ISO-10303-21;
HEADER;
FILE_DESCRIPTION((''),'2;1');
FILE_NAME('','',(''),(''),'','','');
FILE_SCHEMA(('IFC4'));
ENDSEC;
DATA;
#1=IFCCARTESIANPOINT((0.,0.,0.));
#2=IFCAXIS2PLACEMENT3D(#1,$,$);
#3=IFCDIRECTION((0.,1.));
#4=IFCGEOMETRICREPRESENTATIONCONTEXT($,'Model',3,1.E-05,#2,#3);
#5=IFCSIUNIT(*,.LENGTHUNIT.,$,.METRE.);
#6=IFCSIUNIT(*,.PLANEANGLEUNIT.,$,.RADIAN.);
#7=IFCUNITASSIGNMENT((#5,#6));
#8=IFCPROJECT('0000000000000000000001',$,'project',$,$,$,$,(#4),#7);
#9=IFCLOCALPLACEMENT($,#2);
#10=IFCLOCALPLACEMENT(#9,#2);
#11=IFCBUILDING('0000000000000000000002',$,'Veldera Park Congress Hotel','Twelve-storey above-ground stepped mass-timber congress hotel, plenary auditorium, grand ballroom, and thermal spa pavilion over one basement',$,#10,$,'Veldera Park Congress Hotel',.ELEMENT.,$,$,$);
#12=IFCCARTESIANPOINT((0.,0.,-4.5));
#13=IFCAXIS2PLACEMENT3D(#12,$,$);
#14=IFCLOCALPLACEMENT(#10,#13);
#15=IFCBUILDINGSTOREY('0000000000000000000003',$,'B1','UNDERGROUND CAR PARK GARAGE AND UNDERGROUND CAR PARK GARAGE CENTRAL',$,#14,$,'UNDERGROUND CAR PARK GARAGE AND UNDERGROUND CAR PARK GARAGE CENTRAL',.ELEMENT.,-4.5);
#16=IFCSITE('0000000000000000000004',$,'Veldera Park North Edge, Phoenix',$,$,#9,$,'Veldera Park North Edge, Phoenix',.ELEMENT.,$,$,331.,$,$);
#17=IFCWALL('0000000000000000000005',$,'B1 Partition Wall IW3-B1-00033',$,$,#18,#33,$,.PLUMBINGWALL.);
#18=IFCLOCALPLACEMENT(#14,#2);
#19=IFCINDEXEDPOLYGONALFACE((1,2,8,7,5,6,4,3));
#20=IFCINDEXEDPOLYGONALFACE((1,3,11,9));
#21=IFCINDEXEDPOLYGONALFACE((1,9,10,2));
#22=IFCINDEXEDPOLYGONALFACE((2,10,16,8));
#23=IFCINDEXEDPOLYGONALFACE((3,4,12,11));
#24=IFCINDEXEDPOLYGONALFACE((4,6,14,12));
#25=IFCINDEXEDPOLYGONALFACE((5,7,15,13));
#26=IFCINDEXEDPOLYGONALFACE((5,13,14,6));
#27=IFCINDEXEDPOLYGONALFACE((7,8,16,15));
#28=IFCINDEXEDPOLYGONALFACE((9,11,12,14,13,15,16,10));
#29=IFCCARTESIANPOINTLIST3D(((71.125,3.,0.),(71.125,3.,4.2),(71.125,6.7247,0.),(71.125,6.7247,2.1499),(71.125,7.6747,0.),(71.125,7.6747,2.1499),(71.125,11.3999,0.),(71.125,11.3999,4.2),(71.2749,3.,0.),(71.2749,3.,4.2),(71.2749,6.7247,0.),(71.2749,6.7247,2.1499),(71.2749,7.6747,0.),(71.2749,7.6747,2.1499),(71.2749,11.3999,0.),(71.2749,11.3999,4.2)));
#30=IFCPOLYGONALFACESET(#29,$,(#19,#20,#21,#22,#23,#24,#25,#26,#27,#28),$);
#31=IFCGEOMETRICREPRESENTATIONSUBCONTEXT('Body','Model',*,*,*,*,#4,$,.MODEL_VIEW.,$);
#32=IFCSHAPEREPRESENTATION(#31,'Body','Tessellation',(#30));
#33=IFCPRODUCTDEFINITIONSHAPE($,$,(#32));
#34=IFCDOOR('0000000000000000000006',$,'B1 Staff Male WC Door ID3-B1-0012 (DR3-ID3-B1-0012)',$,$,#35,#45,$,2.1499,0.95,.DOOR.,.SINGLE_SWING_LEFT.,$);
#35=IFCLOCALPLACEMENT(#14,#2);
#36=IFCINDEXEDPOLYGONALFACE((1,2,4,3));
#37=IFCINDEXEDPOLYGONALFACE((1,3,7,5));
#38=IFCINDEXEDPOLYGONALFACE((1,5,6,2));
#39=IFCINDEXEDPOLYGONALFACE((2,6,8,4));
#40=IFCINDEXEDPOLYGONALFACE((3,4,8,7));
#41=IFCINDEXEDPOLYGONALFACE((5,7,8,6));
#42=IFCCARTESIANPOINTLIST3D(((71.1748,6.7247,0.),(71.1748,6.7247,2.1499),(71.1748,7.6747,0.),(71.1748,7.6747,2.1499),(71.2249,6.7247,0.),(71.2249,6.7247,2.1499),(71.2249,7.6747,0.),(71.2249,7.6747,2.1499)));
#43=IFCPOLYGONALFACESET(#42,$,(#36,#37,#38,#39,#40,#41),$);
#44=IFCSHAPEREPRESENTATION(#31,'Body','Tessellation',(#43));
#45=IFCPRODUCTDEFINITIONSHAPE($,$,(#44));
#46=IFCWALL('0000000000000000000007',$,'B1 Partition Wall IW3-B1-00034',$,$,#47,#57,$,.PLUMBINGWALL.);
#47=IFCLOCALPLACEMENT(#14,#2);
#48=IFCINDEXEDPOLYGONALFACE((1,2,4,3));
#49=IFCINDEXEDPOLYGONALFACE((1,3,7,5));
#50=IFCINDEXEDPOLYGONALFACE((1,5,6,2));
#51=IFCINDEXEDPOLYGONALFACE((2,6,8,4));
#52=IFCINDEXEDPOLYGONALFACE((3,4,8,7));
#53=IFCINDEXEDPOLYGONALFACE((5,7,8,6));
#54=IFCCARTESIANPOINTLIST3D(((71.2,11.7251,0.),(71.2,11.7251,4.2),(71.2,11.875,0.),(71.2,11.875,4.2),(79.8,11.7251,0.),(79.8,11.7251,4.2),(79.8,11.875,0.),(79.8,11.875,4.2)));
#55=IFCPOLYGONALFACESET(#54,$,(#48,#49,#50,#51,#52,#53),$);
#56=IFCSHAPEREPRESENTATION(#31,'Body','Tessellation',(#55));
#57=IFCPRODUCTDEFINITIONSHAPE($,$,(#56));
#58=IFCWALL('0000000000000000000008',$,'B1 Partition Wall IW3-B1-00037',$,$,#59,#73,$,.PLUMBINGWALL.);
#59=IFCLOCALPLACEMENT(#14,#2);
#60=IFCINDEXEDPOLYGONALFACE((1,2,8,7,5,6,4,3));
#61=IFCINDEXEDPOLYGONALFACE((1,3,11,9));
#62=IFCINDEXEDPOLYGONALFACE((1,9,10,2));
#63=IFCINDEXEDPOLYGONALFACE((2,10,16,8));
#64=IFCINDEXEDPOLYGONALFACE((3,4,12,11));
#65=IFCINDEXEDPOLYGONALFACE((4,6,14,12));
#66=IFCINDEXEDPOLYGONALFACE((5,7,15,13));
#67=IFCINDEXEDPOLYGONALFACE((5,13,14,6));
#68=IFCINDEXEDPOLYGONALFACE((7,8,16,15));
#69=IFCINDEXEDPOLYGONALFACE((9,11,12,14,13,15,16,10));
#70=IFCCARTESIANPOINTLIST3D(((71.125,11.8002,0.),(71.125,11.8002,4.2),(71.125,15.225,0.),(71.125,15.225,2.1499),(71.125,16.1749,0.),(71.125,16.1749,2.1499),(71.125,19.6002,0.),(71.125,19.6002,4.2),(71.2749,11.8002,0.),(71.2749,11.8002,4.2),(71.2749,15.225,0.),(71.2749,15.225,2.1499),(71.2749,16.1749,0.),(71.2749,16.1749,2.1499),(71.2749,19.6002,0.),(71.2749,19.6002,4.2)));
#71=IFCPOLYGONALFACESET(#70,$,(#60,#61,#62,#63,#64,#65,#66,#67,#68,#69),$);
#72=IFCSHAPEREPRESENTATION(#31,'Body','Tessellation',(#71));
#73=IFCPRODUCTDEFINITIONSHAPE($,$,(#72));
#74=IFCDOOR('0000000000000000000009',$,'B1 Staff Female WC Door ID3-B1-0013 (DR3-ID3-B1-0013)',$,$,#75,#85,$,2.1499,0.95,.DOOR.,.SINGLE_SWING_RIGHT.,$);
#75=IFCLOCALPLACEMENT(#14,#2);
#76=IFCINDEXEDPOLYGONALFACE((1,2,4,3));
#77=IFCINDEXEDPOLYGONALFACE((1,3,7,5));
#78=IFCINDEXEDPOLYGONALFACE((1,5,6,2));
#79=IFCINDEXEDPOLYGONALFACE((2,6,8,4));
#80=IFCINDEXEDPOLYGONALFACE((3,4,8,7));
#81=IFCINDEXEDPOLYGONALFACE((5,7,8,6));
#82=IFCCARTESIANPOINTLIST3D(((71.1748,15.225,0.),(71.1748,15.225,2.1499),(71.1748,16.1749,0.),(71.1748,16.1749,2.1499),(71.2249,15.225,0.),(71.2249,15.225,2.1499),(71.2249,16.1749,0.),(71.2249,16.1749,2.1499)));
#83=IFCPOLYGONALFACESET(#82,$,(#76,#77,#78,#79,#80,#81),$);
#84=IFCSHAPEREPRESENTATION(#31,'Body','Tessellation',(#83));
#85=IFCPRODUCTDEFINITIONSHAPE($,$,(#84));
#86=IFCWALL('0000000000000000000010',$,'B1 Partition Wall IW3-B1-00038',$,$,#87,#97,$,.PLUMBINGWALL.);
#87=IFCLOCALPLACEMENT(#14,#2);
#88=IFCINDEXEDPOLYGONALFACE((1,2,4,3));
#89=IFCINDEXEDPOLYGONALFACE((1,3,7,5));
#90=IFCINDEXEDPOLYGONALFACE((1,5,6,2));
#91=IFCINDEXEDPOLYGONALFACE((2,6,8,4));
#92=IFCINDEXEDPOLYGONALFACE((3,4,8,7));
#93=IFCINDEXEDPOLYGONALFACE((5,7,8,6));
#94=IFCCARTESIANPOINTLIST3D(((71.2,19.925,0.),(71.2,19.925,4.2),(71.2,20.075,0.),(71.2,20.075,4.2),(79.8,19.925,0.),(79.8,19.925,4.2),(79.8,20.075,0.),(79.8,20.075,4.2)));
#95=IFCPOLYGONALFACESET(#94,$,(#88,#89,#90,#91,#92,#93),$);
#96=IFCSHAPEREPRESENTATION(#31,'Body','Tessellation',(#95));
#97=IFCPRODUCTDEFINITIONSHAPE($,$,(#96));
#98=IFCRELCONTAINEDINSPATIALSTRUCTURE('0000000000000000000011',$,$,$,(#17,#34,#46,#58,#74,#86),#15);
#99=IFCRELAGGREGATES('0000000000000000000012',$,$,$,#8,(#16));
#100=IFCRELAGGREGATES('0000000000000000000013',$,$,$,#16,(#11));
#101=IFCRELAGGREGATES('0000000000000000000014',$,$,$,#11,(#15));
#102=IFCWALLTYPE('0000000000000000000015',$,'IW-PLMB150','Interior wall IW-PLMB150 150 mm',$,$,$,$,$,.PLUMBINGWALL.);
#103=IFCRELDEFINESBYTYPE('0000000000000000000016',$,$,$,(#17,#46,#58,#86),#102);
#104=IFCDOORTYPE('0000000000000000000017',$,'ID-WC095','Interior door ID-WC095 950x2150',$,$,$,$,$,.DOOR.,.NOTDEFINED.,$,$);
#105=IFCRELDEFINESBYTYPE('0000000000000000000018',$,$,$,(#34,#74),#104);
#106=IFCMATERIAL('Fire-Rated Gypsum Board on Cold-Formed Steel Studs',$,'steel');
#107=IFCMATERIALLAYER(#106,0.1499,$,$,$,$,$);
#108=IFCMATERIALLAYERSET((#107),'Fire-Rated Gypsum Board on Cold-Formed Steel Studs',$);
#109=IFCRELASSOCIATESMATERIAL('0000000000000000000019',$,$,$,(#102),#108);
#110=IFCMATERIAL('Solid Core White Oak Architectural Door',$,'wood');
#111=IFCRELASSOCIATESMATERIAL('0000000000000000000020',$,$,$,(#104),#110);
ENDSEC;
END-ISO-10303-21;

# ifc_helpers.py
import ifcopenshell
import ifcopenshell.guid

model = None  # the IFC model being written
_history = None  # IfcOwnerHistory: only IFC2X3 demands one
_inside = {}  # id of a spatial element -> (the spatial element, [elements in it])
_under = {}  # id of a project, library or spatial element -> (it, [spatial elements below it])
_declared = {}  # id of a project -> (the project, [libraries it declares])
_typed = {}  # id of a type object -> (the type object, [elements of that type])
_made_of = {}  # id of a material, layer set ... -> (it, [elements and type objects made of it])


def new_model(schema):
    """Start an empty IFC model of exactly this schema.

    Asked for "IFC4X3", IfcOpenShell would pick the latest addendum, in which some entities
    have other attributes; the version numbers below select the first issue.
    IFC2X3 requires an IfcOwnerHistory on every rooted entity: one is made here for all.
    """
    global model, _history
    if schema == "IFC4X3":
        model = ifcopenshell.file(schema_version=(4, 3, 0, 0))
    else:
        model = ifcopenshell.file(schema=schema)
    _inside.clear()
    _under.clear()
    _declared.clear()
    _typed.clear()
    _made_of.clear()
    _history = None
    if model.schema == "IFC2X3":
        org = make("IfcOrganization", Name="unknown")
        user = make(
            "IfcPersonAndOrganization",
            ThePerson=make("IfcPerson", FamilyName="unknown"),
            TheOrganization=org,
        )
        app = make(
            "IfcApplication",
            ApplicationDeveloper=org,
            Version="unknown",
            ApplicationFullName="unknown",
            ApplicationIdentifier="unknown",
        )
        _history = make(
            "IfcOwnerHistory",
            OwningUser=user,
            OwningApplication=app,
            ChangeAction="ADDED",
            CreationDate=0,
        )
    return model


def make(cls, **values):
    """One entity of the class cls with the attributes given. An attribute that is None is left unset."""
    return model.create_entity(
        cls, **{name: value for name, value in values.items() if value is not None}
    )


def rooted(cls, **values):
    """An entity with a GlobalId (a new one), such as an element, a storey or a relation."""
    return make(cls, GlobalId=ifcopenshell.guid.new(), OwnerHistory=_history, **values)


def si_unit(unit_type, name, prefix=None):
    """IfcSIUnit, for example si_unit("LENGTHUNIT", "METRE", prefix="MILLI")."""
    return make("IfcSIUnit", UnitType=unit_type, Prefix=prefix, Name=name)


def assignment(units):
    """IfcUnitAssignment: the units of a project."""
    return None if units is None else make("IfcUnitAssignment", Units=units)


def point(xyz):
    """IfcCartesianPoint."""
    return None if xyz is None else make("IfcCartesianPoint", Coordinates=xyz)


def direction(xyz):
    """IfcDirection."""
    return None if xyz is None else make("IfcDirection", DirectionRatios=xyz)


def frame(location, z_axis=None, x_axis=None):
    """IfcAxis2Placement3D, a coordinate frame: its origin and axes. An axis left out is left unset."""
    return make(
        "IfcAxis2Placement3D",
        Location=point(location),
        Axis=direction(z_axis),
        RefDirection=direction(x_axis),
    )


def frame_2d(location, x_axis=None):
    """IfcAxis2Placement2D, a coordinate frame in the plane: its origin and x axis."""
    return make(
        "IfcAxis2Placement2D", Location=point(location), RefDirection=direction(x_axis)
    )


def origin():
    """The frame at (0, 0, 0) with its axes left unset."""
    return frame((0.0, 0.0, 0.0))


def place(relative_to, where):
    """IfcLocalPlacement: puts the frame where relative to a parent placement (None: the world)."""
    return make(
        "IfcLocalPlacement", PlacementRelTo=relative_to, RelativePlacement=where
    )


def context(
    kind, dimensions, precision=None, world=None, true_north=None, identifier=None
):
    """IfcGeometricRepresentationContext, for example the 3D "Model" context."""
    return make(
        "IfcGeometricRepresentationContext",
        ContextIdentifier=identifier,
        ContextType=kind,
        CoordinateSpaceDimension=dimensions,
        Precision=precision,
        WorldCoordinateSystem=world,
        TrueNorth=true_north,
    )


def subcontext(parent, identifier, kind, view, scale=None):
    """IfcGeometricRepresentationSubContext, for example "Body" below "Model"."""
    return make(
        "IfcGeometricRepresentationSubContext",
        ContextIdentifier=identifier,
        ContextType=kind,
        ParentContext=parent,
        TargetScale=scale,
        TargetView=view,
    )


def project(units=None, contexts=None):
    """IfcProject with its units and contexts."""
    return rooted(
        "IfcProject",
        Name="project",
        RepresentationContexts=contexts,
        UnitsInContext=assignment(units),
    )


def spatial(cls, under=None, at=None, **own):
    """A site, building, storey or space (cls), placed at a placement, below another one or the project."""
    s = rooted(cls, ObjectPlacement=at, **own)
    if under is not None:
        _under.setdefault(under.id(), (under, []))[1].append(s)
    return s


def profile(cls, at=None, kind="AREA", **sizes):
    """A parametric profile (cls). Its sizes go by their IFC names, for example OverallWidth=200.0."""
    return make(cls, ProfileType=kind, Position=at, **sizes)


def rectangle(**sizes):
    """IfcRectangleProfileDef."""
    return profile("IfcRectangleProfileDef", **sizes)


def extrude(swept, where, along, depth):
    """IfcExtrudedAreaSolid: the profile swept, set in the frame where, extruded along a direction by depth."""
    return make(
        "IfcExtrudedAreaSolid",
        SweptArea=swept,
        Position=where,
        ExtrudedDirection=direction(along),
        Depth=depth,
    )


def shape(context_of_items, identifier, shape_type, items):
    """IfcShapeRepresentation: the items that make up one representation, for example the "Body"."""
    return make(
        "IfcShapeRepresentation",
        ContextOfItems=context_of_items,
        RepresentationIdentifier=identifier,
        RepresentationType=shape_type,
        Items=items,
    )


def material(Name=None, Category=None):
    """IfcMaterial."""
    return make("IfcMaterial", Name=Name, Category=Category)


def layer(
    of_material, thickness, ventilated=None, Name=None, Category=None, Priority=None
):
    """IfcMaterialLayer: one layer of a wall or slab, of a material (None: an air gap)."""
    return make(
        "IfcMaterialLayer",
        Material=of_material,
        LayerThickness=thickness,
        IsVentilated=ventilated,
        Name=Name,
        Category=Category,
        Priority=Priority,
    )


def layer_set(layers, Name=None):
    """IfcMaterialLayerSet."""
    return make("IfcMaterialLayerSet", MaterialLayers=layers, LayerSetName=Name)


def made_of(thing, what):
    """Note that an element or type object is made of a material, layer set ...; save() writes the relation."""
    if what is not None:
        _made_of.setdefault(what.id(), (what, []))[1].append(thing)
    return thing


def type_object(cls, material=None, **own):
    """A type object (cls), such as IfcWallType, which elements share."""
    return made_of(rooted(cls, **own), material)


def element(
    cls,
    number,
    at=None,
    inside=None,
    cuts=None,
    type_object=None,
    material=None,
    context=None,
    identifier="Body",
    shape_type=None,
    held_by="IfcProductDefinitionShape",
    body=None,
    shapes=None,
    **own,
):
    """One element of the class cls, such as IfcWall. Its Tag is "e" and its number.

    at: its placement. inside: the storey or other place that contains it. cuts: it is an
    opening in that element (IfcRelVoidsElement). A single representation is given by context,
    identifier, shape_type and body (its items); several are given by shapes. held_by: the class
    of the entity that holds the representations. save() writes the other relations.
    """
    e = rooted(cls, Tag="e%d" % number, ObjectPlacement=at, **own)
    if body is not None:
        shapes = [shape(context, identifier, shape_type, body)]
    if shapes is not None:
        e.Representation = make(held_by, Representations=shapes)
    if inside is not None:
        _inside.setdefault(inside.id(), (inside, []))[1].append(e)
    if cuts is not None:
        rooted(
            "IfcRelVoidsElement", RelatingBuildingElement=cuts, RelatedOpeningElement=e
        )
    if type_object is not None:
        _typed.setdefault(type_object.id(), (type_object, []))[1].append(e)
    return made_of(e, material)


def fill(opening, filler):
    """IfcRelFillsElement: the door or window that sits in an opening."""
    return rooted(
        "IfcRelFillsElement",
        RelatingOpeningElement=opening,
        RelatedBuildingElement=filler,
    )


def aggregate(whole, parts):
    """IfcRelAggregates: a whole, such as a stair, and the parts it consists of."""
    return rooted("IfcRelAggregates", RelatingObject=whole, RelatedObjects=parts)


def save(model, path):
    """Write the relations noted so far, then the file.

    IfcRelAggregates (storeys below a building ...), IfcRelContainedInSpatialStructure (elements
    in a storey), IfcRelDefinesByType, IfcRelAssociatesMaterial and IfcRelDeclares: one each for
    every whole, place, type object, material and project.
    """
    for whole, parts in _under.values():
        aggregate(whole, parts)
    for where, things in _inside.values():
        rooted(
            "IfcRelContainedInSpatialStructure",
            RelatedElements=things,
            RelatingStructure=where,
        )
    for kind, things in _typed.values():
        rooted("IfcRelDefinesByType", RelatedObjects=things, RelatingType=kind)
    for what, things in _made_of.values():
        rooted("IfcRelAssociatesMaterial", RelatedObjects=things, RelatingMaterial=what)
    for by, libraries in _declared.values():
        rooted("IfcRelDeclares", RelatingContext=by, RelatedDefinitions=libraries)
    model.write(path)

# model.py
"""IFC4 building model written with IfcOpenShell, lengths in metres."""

from ifc_helpers import new_model, si_unit, direction, frame, frame_2d, origin, place, context, subcontext, project, spatial, rectangle, extrude, material, layer, layer_set, type_object, element, fill, save


model = new_model("IFC4")

# Units and contexts
model_context = context("Model", 3, precision=1e-05, world=origin(), true_north=direction((0.0, 1.0)))
body_context = subcontext(model_context, "Body", "Model", "MODEL_VIEW")
ifc_project = project(units=[si_unit("LENGTHUNIT", "METRE"), si_unit("PLANEANGLEUNIT", "RADIAN")], contexts=[model_context])

# Site, building, storey
site_placement = place(None, origin())
site = spatial("IfcSite", under=ifc_project, at=site_placement, Name="Veldera Park North Edge, Phoenix", LongName="Veldera Park North Edge, Phoenix", CompositionType="ELEMENT", RefElevation=331.0)
building_placement = place(site_placement, origin())
building = spatial("IfcBuilding", under=site, at=building_placement, Name="Veldera Park Congress Hotel", Description="Twelve-storey above-ground stepped mass-timber congress hotel, plenary auditorium, grand ballroom, and thermal spa pavilion over one basement", LongName="Veldera Park Congress Hotel", CompositionType="ELEMENT")
storey_placement = place(building_placement, frame((0.0, 0.0, -4.5)))
storey = spatial("IfcBuildingStorey", under=building, at=storey_placement, Name="B1", Description="UNDERGROUND CAR PARK GARAGE AND UNDERGROUND CAR PARK GARAGE CENTRAL", LongName="UNDERGROUND CAR PARK GARAGE AND UNDERGROUND CAR PARK GARAGE CENTRAL", CompositionType="ELEMENT", Elevation=-4.5)

# Shared definitions
ifc_material_1 = material(Name="Fire-Rated Gypsum Board on Cold-Formed Steel Studs", Category="steel")
ifc_layer = layer(ifc_material_1, 0.1499)
ifc_layer_set = layer_set([ifc_layer], Name="Fire-Rated Gypsum Board on Cold-Formed Steel Studs")
wall_type = type_object("IfcWallType", Name="IW-PLMB150", Description="Interior wall IW-PLMB150 150 mm", PredefinedType="PLUMBINGWALL", material=ifc_layer_set)

# Wall, opening, door
wall_1_placement = place(storey_placement, frame((71.2, 11.3999, 0.0), z_axis=(0.0, 0.0, 1.0), x_axis=(0.0, -1.0, 0.0)))
wall_1 = element("IfcWall", 1, at=wall_1_placement, inside=storey, type_object=wall_type, Name="B1 Partition Wall IW3-B1-00033", PredefinedType="PLUMBINGWALL", context=body_context, shape_type="SweptSolid", body=[
    extrude(rectangle(XDim=8.3999, YDim=0.1499, at=frame_2d((4.2, 0.0))), origin(), (0.0, 0.0, 1.0), 4.2),
])
opening_1_placement = place(wall_1_placement, frame((3.7251, 0.0, 0.0)))
opening_1 = element("IfcOpeningElement", 2, at=opening_1_placement, cuts=wall_1, PredefinedType="OPENING", context=body_context, shape_type="SweptSolid", body=[
    extrude(rectangle(XDim=0.95, YDim=2.1499, at=frame_2d((0.4751, 1.075))), frame((0.0, 0.0869, 0.0), z_axis=(0.0, -1.0, 0.0), x_axis=(1.0, 0.0, 0.0)), (0.0, 0.0, 1.0), 0.1738),
])
ifc_material_2 = material(Name="Solid Core White Oak Architectural Door", Category="wood")
door_type = type_object("IfcDoorType", Name="ID-WC095", Description="Interior door ID-WC095 950x2150", OperationType="NOTDEFINED", PredefinedType="DOOR", material=ifc_material_2)
door_1_placement = place(opening_1_placement, origin())
door_1 = element("IfcDoor", 3, at=door_1_placement, inside=storey, type_object=door_type, Name="B1 Staff Male WC Door ID3-B1-0012 (DR3-ID3-B1-0012)", OperationType="SINGLE_SWING_LEFT", OverallHeight=2.1499, OverallWidth=0.95, PredefinedType="DOOR", context=body_context, shape_type="SweptSolid", body=[
    extrude(rectangle(XDim=0.95, YDim=2.1499, at=frame_2d((0.4751, 1.075))), frame((0.0, 0.0249, 0.0), z_axis=(0.0, -1.0, 0.0), x_axis=(1.0, 0.0, 0.0)), (0.0, 0.0, 1.0), 0.05),
])
fill(opening_1, door_1)

# Wall
wall_2_placement = place(storey_placement, frame((71.2, 11.8, 0.0), z_axis=(0.0, 0.0, 1.0), x_axis=(1.0, 0.0, 0.0)))
element("IfcWall", 4, at=wall_2_placement, inside=storey, type_object=wall_type, Name="B1 Partition Wall IW3-B1-00034", PredefinedType="PLUMBINGWALL", context=body_context, shape_type="SweptSolid", body=[
    extrude(rectangle(XDim=8.6001, YDim=0.1499, at=frame_2d((4.3, 0.0))), origin(), (0.0, 0.0, 1.0), 4.2),
])

# Wall, opening, door
wall_3_placement = place(storey_placement, frame((71.2, 19.6001, 0.0), z_axis=(0.0, 0.0, 1.0), x_axis=(0.0, -1.0, 0.0)))
wall_3 = element("IfcWall", 5, at=wall_3_placement, inside=storey, type_object=wall_type, Name="B1 Partition Wall IW3-B1-00037", PredefinedType="PLUMBINGWALL", context=body_context, shape_type="SweptSolid", body=[
    extrude(rectangle(XDim=7.8, YDim=0.1499, at=frame_2d((3.8999, 0.0))), origin(), (0.0, 0.0, 1.0), 4.2),
])
opening_2_placement = place(wall_3_placement, frame((3.425, 0.0, 0.0)))
opening_2 = element("IfcOpeningElement", 6, at=opening_2_placement, cuts=wall_3, PredefinedType="OPENING", context=body_context, shape_type="SweptSolid", body=[
    extrude(rectangle(XDim=0.95, YDim=2.1499, at=frame_2d((0.4751, 1.075))), frame((0.0, 0.0869, 0.0), z_axis=(0.0, -1.0, 0.0), x_axis=(1.0, 0.0, 0.0)), (0.0, 0.0, 1.0), 0.1738),
])
door_2_placement = place(opening_2_placement, origin())
door_2 = element("IfcDoor", 7, at=door_2_placement, inside=storey, type_object=door_type, Name="B1 Staff Female WC Door ID3-B1-0013 (DR3-ID3-B1-0013)", OperationType="SINGLE_SWING_RIGHT", OverallHeight=2.1499, OverallWidth=0.95, PredefinedType="DOOR", context=body_context, shape_type="SweptSolid", body=[
    extrude(rectangle(XDim=0.95, YDim=2.1499, at=frame_2d((0.4751, 1.075))), frame((0.0, 0.0249, 0.0), z_axis=(0.0, -1.0, 0.0), x_axis=(1.0, 0.0, 0.0)), (0.0, 0.0, 1.0), 0.05),
])
fill(opening_2, door_2)

# Wall
wall_4_placement = place(storey_placement, frame((71.2, 20.0, 0.0), z_axis=(0.0, 0.0, 1.0), x_axis=(1.0, 0.0, 0.0)))
element("IfcWall", 8, at=wall_4_placement, inside=storey, type_object=wall_type, Name="B1 Partition Wall IW3-B1-00038", PredefinedType="PLUMBINGWALL", context=body_context, shape_type="SweptSolid", body=[
    extrude(rectangle(XDim=8.6001, YDim=0.1499, at=frame_2d((4.3, 0.0))), origin(), (0.0, 0.0, 1.0), 4.2),
])

save(model, "model.ifc")
